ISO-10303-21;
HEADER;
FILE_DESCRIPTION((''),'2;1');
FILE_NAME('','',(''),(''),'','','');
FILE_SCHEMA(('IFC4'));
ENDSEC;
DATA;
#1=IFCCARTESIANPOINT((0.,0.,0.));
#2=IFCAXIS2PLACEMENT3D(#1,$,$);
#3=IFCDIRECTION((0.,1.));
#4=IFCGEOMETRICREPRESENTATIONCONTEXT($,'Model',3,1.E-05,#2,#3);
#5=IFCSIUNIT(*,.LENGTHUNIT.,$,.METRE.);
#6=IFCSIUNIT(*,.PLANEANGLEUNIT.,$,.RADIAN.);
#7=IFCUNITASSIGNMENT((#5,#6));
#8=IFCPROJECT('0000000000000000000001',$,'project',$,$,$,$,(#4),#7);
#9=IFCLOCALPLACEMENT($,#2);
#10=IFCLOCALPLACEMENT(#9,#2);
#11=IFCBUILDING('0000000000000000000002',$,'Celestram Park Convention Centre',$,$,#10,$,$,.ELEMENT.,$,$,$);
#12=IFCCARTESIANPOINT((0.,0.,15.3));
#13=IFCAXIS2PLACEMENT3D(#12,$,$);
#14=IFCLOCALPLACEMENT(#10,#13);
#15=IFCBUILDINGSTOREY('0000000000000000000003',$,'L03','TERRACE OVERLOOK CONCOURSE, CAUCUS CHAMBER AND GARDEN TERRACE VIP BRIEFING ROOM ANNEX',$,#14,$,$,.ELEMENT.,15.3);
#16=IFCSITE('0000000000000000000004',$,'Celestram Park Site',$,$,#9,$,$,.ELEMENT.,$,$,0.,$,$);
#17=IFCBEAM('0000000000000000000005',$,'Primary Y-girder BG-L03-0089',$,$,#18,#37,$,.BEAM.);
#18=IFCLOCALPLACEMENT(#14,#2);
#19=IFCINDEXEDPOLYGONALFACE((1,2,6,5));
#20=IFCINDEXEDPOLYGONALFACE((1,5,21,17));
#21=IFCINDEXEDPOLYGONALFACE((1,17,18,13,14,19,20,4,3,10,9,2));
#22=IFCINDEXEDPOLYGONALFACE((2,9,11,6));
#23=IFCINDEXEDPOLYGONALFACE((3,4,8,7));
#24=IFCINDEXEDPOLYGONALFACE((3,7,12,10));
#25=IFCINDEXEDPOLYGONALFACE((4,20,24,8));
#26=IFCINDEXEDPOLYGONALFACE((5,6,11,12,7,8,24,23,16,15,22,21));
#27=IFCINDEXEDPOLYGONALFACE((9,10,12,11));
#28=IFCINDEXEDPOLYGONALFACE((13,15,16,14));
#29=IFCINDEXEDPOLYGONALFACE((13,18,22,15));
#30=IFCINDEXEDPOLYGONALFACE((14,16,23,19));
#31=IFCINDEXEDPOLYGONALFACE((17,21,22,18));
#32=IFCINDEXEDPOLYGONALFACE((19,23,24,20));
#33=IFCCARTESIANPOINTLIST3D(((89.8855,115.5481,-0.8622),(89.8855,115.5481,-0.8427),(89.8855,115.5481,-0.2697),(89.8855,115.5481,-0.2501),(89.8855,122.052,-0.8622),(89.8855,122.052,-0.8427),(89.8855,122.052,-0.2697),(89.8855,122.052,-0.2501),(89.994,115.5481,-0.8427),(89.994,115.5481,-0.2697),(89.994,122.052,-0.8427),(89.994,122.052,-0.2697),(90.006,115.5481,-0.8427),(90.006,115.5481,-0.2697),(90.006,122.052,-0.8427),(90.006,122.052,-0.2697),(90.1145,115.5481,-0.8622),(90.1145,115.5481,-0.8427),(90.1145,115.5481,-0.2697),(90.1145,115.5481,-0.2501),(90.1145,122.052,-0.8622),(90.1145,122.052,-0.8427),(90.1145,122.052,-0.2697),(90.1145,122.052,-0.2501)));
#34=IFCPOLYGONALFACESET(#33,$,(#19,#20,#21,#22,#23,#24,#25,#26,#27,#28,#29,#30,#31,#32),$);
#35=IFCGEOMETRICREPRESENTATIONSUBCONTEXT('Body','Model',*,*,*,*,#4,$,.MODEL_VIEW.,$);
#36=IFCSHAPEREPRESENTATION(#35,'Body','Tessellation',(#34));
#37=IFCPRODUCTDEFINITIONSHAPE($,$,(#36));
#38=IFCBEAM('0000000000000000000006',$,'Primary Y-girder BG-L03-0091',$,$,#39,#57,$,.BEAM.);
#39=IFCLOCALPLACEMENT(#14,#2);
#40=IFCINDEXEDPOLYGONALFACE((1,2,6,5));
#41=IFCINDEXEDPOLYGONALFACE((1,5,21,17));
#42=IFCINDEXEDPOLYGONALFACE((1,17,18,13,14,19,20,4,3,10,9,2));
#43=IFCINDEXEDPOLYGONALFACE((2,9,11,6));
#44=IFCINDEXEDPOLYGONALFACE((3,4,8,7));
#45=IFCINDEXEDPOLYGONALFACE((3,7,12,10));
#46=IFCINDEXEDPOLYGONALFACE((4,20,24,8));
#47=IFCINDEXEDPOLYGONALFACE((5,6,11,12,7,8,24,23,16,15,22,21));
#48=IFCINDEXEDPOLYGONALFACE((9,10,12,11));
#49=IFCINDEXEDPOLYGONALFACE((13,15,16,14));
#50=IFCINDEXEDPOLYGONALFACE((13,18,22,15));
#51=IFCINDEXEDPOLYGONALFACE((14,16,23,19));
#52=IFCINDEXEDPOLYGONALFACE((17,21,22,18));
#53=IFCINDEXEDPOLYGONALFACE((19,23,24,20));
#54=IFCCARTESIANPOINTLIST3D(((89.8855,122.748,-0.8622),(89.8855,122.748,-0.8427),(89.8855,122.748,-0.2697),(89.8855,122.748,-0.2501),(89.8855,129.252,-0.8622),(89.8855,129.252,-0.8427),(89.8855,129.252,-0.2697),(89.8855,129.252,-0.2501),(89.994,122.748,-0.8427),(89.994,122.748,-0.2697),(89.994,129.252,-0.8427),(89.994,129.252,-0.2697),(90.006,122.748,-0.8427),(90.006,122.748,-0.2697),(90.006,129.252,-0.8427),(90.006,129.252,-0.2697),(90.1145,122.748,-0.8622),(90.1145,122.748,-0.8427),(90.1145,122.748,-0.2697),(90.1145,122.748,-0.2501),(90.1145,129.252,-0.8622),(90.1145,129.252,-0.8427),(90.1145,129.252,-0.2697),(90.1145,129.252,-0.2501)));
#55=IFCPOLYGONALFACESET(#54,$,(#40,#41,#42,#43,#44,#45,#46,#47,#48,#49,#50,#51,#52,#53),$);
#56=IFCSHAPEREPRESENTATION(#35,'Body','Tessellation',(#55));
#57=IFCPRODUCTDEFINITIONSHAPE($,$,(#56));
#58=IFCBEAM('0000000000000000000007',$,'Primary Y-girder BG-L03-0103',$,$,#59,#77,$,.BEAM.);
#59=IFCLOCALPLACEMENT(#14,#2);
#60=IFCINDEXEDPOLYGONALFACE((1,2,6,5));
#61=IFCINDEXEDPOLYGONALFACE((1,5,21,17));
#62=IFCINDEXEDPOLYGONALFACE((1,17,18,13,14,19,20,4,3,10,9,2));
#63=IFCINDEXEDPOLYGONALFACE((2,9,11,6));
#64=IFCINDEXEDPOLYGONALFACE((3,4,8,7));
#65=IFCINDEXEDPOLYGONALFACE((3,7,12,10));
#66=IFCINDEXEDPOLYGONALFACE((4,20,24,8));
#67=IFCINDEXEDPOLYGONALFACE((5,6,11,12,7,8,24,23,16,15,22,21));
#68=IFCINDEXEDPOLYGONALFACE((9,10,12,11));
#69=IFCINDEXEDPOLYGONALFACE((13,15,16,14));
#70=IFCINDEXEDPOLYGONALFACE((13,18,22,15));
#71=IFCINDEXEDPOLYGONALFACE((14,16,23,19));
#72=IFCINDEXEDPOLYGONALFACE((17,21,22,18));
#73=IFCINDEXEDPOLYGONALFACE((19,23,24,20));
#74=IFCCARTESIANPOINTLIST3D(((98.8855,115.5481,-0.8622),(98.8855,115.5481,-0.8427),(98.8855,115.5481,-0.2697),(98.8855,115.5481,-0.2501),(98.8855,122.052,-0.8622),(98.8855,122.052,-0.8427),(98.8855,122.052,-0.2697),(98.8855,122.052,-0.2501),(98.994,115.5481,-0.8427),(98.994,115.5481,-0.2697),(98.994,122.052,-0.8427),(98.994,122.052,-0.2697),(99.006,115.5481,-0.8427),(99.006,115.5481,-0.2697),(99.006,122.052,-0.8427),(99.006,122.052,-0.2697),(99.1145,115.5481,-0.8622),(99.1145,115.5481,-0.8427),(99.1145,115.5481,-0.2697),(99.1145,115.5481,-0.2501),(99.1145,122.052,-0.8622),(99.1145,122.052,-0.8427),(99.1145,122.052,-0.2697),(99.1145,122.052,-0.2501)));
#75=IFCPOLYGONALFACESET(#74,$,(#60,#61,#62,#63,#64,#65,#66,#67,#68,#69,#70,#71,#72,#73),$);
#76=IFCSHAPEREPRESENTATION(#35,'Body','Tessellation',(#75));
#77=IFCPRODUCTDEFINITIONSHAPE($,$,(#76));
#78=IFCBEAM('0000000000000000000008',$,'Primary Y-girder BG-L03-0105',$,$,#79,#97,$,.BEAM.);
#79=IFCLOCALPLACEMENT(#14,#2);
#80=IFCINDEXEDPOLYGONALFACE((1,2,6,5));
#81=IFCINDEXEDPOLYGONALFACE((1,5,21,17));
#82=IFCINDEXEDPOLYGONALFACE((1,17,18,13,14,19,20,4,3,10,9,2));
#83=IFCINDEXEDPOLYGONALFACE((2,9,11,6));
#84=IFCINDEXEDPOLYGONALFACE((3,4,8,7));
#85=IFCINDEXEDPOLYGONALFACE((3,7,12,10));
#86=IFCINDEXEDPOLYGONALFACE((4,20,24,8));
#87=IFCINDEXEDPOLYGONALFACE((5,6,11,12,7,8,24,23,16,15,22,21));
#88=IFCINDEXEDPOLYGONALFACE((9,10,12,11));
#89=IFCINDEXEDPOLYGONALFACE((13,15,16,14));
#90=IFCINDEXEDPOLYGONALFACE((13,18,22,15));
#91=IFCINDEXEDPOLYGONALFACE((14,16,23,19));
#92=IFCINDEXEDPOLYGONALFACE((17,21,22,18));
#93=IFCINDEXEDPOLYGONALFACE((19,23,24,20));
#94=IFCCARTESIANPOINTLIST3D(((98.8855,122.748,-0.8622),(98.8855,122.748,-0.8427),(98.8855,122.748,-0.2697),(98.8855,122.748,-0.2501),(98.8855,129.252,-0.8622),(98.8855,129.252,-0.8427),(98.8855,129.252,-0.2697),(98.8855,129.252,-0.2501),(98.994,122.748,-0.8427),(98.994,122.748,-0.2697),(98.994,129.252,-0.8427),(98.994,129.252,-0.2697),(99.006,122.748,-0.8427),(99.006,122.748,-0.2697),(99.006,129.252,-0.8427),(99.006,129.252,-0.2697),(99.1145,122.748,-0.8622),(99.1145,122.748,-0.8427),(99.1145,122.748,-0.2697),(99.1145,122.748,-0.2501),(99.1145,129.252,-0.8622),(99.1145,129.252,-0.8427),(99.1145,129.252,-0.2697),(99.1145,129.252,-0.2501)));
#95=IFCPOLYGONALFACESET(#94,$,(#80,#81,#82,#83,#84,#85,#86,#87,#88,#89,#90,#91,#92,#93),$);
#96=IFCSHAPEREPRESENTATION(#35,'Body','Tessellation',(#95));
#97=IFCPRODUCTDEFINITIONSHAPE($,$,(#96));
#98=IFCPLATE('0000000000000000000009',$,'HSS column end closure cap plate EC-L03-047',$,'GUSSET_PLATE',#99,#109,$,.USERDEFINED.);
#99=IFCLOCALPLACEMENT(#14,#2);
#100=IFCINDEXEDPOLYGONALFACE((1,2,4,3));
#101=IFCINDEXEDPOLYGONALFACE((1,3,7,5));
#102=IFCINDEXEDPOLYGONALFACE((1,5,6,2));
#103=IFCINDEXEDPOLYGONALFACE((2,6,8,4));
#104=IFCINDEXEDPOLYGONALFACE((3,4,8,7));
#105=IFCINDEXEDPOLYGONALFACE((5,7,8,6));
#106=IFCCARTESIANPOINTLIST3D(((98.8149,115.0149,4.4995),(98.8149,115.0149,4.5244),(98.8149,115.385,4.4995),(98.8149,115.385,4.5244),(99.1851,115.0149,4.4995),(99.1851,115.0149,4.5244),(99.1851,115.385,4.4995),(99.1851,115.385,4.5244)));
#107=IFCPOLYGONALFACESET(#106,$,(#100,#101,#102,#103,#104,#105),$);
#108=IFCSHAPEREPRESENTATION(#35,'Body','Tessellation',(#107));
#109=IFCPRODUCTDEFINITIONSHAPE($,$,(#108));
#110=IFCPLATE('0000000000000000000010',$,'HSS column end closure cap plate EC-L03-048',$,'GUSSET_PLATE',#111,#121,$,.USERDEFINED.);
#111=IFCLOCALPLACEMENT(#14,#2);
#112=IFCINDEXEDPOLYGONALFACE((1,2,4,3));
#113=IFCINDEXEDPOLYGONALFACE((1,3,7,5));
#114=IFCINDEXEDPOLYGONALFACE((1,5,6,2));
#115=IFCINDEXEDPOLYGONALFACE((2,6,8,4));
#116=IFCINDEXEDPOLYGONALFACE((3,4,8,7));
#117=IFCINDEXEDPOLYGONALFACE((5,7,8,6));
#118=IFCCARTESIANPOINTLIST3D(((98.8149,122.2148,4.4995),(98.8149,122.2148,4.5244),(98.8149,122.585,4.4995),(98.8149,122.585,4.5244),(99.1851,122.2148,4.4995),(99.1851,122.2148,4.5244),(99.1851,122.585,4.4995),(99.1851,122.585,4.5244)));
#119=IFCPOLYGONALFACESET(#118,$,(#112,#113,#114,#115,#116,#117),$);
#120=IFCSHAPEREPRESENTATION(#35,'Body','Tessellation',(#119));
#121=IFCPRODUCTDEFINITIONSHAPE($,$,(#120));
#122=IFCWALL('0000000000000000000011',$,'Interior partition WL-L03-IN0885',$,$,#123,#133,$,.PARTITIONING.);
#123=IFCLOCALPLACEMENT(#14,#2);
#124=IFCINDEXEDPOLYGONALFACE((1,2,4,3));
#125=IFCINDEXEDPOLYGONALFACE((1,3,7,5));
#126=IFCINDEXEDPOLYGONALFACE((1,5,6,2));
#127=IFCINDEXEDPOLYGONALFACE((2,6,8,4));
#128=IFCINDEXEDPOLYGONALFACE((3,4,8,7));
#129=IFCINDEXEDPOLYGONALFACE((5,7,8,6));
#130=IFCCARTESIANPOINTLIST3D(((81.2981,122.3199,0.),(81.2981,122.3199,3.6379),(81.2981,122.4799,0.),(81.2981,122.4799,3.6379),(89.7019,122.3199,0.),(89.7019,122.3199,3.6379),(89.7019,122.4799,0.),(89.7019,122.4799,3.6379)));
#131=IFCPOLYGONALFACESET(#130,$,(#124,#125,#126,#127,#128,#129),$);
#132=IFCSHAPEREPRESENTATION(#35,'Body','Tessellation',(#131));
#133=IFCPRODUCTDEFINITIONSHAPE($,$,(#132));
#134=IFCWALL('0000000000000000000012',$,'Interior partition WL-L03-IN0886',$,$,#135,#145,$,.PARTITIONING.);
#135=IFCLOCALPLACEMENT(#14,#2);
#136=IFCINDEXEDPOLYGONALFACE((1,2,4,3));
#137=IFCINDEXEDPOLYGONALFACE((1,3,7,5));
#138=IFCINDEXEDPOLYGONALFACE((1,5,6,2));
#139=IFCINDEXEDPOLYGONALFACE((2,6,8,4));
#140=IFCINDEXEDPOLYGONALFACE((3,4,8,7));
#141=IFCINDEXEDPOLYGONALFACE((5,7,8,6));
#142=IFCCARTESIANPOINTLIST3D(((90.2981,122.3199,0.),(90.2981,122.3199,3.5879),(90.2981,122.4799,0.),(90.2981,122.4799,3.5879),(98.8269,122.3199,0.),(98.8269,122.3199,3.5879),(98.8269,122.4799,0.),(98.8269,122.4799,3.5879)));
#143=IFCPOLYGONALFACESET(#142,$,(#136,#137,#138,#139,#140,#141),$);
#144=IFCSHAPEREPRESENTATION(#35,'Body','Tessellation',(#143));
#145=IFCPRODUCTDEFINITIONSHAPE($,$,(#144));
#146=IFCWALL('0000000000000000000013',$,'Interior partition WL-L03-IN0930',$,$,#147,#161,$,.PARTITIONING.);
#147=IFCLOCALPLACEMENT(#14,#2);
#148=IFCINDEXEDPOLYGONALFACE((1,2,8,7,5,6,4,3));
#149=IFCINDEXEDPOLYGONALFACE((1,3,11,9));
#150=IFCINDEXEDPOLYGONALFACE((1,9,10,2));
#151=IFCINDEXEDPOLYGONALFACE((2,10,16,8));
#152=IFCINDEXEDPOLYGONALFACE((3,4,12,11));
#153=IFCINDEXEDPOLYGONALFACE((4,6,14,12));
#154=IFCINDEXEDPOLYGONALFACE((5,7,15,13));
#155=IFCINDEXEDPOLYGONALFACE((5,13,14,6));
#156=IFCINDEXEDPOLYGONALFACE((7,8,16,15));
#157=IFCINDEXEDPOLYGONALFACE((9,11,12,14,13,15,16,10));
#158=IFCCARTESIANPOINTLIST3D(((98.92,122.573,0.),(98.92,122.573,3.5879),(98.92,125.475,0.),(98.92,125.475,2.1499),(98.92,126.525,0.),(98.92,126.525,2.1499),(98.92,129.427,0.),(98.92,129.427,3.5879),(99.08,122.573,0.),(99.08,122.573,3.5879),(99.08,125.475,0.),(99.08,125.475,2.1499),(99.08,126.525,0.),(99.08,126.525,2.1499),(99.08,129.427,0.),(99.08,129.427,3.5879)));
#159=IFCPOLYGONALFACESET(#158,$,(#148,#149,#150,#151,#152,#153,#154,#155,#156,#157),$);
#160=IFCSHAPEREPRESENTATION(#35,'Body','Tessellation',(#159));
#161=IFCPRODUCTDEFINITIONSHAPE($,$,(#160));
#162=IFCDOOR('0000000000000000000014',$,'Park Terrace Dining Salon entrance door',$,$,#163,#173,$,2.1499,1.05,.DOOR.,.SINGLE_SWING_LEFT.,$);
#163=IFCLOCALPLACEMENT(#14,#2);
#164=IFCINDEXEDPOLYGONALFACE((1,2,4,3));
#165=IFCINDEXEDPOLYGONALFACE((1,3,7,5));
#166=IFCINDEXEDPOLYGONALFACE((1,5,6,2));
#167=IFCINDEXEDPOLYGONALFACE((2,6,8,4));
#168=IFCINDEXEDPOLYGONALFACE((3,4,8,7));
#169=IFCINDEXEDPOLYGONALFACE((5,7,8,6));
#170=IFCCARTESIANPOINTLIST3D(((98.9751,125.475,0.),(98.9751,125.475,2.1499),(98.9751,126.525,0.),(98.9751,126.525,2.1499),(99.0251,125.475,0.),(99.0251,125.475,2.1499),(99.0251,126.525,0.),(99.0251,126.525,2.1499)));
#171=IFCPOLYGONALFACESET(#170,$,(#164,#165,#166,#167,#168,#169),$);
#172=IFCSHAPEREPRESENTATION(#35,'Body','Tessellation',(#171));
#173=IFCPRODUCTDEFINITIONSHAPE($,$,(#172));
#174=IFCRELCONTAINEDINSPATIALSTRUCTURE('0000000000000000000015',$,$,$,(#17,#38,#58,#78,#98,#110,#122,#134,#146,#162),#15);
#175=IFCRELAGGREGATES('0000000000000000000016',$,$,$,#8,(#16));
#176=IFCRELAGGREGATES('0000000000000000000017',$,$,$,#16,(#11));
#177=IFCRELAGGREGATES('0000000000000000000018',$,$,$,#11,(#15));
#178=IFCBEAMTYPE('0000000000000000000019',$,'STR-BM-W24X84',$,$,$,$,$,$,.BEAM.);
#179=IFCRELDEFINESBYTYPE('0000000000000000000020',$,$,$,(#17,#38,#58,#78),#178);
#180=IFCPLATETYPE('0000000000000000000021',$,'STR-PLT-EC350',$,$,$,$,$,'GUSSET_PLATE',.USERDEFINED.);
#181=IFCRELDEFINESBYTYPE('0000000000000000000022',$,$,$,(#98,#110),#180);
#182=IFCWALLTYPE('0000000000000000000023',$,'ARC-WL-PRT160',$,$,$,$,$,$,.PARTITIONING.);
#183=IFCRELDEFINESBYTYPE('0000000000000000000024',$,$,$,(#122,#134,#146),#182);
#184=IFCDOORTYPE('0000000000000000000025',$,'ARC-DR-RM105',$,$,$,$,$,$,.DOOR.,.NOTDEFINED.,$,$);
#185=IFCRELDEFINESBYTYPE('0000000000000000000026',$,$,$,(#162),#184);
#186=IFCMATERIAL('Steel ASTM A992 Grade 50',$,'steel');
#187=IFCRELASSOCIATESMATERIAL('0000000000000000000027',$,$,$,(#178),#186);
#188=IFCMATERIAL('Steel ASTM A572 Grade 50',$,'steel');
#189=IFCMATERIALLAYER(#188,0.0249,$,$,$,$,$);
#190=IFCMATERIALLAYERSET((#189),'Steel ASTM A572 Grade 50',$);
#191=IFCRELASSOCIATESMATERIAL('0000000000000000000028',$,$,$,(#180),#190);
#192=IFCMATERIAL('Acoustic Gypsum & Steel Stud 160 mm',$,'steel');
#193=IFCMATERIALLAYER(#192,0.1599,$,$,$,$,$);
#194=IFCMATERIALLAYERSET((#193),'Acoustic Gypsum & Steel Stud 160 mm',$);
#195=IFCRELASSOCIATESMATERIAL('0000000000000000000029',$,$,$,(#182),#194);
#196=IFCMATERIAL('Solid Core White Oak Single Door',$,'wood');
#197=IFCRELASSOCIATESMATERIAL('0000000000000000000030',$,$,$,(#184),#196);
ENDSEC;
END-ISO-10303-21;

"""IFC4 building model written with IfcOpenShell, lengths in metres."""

from ifc_helpers import new_model, si_unit, direction, frame, frame_2d, origin, origin_2d, place, context, subcontext, project, spatial, rectangle, i_section, extrude, material, layer, layer_set, material_profile, profile_set, type_object, element, fill, save


model = new_model("IFC4")

# Units and contexts
model_context = context("Model", 3, precision=1e-05, world=origin(), true_north=direction((0.0, 1.0)))
body_context = subcontext(model_context, "Body", "Model", "MODEL_VIEW")
ifc_project = project(units=[si_unit("LENGTHUNIT", "METRE"), si_unit("PLANEANGLEUNIT", "RADIAN")], contexts=[model_context])

# Site, building, storey
site_placement = place(None, origin())
site = spatial("IfcSite", under=ifc_project, at=site_placement, Name="Celestram Park Site", CompositionType="ELEMENT", RefElevation=0.0)
building_placement = place(site_placement, origin())
building = spatial("IfcBuilding", under=site, at=building_placement, Name="Celestram Park Convention Centre", CompositionType="ELEMENT")
storey_placement = place(building_placement, frame((0.0, 0.0, 15.3)))
storey = spatial("IfcBuildingStorey", under=building, at=storey_placement, Name="L03", Description="TERRACE OVERLOOK CONCOURSE, CAUCUS CHAMBER AND GARDEN TERRACE VIP BRIEFING ROOM ANNEX", CompositionType="ELEMENT", Elevation=15.3)

# Beams
ifc_material_1 = material(Name="Steel ASTM A992 Grade 50", Category="steel")
ifc_material_profile_1 = material_profile(ifc_material_1, i_section(OverallWidth=0.229, OverallDepth=0.6121, WebThickness=0.012, FlangeThickness=0.0195, at=origin_2d()), Name="W24X84")
ifc_profile_set_1 = profile_set([ifc_material_profile_1], Name="Steel ASTM A992 Grade 50")
beam_type_1 = type_object("IfcBeamType", Name="STR-BM-W24X84", PredefinedType="BEAM", material=ifc_profile_set_1)
for number, where, z_axis, x_axis, name in (
    (1, (90.0, 115.5481, -0.5562), (0.0, 1.0, 0.0), (-1.0, 0.0, 0.0), "Primary Y-girder BG-L03-0089"),
    (2, (90.0, 122.748, -0.5562), (0.0, 1.0, 0.0), (-1.0, 0.0, 0.0), "Primary Y-girder BG-L03-0091"),
    (3, (99.0, 115.5481, -0.5562), (0.0, 1.0, 0.0), (-1.0, 0.0, 0.0), "Primary Y-girder BG-L03-0103"),
    (4, (99.0, 122.748, -0.5562), (0.0, 1.0, 0.0), (-1.0, 0.0, 0.0), "Primary Y-girder BG-L03-0105"),
):
    element("IfcBeam", number, at=place(storey_placement, frame(where, z_axis=z_axis, x_axis=x_axis)), inside=storey, type_object=beam_type_1, Name=name, PredefinedType="BEAM", context=body_context, shape_type="SweptSolid", body=[
        extrude(i_section(OverallWidth=0.229, OverallDepth=0.6121, WebThickness=0.012, FlangeThickness=0.0195, at=origin_2d()), origin(), (0.0, 0.0, 1.0), 6.5039),
    ])

# Plates
ifc_material_2 = material(Name="Steel ASTM A572 Grade 50", Category="steel")
ifc_layer_1 = layer(ifc_material_2, 0.0249)
ifc_layer_set_1 = layer_set([ifc_layer_1], Name="Steel ASTM A572 Grade 50")
plate_type = type_object("IfcPlateType", Name="STR-PLT-EC350", ElementType="GUSSET_PLATE", PredefinedType="USERDEFINED", material=ifc_layer_set_1)
for number, where, z_axis, x_axis, name in (
    (5, (99.0, 115.2, 4.4995), (0.0, 0.0, 1.0), (1.0, 0.0, 0.0), "HSS column end closure cap plate EC-L03-047"),
    (6, (99.0, 122.3999, 4.4995), (0.0, 0.0, 1.0), (1.0, 0.0, 0.0), "HSS column end closure cap plate EC-L03-048"),
):
    element("IfcPlate", number, at=place(storey_placement, frame(where, z_axis=z_axis, x_axis=x_axis)), inside=storey, type_object=plate_type, Name=name, ObjectType="GUSSET_PLATE", PredefinedType="USERDEFINED", context=body_context, shape_type="SweptSolid", body=[
        extrude(rectangle(XDim=0.3701, YDim=0.3701, at=origin_2d()), origin(), (0.0, 0.0, 1.0), 0.0249),
    ])

# Walls
ifc_material_3 = material(Name="Acoustic Gypsum & Steel Stud 160 mm", Category="steel")
ifc_layer_2 = layer(ifc_material_3, 0.1599)
ifc_layer_set_2 = layer_set([ifc_layer_2], Name="Acoustic Gypsum & Steel Stud 160 mm")
wall_type = type_object("IfcWallType", Name="ARC-WL-PRT160", PredefinedType="PARTITIONING", material=ifc_layer_set_2)
wall_1_placement = place(storey_placement, frame((81.2981, 122.3999, 0.0), z_axis=(0.0, 0.0, 1.0), x_axis=(1.0, 0.0, 0.0)))
element("IfcWall", 7, at=wall_1_placement, inside=storey, type_object=wall_type, Name="Interior partition WL-L03-IN0885", PredefinedType="PARTITIONING", context=body_context, shape_type="SweptSolid", body=[
    extrude(rectangle(XDim=8.4038, YDim=0.1599, at=frame_2d((4.2019, 0.0))), origin(), (0.0, 0.0, 1.0), 3.6379),
])
wall_2_placement = place(storey_placement, frame((90.2981, 122.3999, 0.0), z_axis=(0.0, 0.0, 1.0), x_axis=(1.0, 0.0, 0.0)))
element("IfcWall", 8, at=wall_2_placement, inside=storey, type_object=wall_type, Name="Interior partition WL-L03-IN0886", PredefinedType="PARTITIONING", context=body_context, shape_type="SweptSolid", body=[
    extrude(rectangle(XDim=8.5288, YDim=0.1599, at=frame_2d((4.2644, 0.0))), origin(), (0.0, 0.0, 1.0), 3.5879),
])

# Wall, opening, door
wall_3_placement = place(storey_placement, frame((99.0, 122.573, 0.0), z_axis=(0.0, 0.0, 1.0), x_axis=(0.0, 1.0, 0.0)))
wall_3 = element("IfcWall", 9, at=wall_3_placement, inside=storey, type_object=wall_type, Name="Interior partition WL-L03-IN0930", PredefinedType="PARTITIONING", context=body_context, shape_type="SweptSolid", body=[
    extrude(rectangle(XDim=6.854, YDim=0.1599, at=frame_2d((3.427, 0.0))), origin(), (0.0, 0.0, 1.0), 3.5879),
])
opening_placement = place(wall_3_placement, frame((2.9021, 0.0, 0.0)))
opening = element("IfcOpeningElement", 10, at=opening_placement, cuts=wall_3, PredefinedType="OPENING", context=body_context, shape_type="SweptSolid", body=[
    extrude(rectangle(XDim=1.05, YDim=2.1499, at=frame_2d((0.5249, 1.075))), frame((0.0, 0.0898, 0.0), z_axis=(0.0, -1.0, 0.0), x_axis=(1.0, 0.0, 0.0)), (0.0, 0.0, 1.0), 0.1799),
])
ifc_material_4 = material(Name="Solid Core White Oak Single Door", Category="wood")
door_type = type_object("IfcDoorType", Name="ARC-DR-RM105", OperationType="NOTDEFINED", PredefinedType="DOOR", material=ifc_material_4)
door_placement = place(opening_placement, origin())
door = element("IfcDoor", 11, at=door_placement, inside=storey, type_object=door_type, Name="Park Terrace Dining Salon entrance door", OperationType="SINGLE_SWING_LEFT", OverallHeight=2.1499, OverallWidth=1.05, PredefinedType="DOOR", context=body_context, shape_type="SweptSolid", body=[
    extrude(rectangle(XDim=1.05, YDim=2.1499, at=frame_2d((0.5249, 1.075))), frame((0.0, 0.0249, 0.0), z_axis=(0.0, -1.0, 0.0), x_axis=(1.0, 0.0, 0.0)), (0.0, 0.0, 1.0), 0.05),
])
fill(opening, door)

save(model, "model.ifc")
